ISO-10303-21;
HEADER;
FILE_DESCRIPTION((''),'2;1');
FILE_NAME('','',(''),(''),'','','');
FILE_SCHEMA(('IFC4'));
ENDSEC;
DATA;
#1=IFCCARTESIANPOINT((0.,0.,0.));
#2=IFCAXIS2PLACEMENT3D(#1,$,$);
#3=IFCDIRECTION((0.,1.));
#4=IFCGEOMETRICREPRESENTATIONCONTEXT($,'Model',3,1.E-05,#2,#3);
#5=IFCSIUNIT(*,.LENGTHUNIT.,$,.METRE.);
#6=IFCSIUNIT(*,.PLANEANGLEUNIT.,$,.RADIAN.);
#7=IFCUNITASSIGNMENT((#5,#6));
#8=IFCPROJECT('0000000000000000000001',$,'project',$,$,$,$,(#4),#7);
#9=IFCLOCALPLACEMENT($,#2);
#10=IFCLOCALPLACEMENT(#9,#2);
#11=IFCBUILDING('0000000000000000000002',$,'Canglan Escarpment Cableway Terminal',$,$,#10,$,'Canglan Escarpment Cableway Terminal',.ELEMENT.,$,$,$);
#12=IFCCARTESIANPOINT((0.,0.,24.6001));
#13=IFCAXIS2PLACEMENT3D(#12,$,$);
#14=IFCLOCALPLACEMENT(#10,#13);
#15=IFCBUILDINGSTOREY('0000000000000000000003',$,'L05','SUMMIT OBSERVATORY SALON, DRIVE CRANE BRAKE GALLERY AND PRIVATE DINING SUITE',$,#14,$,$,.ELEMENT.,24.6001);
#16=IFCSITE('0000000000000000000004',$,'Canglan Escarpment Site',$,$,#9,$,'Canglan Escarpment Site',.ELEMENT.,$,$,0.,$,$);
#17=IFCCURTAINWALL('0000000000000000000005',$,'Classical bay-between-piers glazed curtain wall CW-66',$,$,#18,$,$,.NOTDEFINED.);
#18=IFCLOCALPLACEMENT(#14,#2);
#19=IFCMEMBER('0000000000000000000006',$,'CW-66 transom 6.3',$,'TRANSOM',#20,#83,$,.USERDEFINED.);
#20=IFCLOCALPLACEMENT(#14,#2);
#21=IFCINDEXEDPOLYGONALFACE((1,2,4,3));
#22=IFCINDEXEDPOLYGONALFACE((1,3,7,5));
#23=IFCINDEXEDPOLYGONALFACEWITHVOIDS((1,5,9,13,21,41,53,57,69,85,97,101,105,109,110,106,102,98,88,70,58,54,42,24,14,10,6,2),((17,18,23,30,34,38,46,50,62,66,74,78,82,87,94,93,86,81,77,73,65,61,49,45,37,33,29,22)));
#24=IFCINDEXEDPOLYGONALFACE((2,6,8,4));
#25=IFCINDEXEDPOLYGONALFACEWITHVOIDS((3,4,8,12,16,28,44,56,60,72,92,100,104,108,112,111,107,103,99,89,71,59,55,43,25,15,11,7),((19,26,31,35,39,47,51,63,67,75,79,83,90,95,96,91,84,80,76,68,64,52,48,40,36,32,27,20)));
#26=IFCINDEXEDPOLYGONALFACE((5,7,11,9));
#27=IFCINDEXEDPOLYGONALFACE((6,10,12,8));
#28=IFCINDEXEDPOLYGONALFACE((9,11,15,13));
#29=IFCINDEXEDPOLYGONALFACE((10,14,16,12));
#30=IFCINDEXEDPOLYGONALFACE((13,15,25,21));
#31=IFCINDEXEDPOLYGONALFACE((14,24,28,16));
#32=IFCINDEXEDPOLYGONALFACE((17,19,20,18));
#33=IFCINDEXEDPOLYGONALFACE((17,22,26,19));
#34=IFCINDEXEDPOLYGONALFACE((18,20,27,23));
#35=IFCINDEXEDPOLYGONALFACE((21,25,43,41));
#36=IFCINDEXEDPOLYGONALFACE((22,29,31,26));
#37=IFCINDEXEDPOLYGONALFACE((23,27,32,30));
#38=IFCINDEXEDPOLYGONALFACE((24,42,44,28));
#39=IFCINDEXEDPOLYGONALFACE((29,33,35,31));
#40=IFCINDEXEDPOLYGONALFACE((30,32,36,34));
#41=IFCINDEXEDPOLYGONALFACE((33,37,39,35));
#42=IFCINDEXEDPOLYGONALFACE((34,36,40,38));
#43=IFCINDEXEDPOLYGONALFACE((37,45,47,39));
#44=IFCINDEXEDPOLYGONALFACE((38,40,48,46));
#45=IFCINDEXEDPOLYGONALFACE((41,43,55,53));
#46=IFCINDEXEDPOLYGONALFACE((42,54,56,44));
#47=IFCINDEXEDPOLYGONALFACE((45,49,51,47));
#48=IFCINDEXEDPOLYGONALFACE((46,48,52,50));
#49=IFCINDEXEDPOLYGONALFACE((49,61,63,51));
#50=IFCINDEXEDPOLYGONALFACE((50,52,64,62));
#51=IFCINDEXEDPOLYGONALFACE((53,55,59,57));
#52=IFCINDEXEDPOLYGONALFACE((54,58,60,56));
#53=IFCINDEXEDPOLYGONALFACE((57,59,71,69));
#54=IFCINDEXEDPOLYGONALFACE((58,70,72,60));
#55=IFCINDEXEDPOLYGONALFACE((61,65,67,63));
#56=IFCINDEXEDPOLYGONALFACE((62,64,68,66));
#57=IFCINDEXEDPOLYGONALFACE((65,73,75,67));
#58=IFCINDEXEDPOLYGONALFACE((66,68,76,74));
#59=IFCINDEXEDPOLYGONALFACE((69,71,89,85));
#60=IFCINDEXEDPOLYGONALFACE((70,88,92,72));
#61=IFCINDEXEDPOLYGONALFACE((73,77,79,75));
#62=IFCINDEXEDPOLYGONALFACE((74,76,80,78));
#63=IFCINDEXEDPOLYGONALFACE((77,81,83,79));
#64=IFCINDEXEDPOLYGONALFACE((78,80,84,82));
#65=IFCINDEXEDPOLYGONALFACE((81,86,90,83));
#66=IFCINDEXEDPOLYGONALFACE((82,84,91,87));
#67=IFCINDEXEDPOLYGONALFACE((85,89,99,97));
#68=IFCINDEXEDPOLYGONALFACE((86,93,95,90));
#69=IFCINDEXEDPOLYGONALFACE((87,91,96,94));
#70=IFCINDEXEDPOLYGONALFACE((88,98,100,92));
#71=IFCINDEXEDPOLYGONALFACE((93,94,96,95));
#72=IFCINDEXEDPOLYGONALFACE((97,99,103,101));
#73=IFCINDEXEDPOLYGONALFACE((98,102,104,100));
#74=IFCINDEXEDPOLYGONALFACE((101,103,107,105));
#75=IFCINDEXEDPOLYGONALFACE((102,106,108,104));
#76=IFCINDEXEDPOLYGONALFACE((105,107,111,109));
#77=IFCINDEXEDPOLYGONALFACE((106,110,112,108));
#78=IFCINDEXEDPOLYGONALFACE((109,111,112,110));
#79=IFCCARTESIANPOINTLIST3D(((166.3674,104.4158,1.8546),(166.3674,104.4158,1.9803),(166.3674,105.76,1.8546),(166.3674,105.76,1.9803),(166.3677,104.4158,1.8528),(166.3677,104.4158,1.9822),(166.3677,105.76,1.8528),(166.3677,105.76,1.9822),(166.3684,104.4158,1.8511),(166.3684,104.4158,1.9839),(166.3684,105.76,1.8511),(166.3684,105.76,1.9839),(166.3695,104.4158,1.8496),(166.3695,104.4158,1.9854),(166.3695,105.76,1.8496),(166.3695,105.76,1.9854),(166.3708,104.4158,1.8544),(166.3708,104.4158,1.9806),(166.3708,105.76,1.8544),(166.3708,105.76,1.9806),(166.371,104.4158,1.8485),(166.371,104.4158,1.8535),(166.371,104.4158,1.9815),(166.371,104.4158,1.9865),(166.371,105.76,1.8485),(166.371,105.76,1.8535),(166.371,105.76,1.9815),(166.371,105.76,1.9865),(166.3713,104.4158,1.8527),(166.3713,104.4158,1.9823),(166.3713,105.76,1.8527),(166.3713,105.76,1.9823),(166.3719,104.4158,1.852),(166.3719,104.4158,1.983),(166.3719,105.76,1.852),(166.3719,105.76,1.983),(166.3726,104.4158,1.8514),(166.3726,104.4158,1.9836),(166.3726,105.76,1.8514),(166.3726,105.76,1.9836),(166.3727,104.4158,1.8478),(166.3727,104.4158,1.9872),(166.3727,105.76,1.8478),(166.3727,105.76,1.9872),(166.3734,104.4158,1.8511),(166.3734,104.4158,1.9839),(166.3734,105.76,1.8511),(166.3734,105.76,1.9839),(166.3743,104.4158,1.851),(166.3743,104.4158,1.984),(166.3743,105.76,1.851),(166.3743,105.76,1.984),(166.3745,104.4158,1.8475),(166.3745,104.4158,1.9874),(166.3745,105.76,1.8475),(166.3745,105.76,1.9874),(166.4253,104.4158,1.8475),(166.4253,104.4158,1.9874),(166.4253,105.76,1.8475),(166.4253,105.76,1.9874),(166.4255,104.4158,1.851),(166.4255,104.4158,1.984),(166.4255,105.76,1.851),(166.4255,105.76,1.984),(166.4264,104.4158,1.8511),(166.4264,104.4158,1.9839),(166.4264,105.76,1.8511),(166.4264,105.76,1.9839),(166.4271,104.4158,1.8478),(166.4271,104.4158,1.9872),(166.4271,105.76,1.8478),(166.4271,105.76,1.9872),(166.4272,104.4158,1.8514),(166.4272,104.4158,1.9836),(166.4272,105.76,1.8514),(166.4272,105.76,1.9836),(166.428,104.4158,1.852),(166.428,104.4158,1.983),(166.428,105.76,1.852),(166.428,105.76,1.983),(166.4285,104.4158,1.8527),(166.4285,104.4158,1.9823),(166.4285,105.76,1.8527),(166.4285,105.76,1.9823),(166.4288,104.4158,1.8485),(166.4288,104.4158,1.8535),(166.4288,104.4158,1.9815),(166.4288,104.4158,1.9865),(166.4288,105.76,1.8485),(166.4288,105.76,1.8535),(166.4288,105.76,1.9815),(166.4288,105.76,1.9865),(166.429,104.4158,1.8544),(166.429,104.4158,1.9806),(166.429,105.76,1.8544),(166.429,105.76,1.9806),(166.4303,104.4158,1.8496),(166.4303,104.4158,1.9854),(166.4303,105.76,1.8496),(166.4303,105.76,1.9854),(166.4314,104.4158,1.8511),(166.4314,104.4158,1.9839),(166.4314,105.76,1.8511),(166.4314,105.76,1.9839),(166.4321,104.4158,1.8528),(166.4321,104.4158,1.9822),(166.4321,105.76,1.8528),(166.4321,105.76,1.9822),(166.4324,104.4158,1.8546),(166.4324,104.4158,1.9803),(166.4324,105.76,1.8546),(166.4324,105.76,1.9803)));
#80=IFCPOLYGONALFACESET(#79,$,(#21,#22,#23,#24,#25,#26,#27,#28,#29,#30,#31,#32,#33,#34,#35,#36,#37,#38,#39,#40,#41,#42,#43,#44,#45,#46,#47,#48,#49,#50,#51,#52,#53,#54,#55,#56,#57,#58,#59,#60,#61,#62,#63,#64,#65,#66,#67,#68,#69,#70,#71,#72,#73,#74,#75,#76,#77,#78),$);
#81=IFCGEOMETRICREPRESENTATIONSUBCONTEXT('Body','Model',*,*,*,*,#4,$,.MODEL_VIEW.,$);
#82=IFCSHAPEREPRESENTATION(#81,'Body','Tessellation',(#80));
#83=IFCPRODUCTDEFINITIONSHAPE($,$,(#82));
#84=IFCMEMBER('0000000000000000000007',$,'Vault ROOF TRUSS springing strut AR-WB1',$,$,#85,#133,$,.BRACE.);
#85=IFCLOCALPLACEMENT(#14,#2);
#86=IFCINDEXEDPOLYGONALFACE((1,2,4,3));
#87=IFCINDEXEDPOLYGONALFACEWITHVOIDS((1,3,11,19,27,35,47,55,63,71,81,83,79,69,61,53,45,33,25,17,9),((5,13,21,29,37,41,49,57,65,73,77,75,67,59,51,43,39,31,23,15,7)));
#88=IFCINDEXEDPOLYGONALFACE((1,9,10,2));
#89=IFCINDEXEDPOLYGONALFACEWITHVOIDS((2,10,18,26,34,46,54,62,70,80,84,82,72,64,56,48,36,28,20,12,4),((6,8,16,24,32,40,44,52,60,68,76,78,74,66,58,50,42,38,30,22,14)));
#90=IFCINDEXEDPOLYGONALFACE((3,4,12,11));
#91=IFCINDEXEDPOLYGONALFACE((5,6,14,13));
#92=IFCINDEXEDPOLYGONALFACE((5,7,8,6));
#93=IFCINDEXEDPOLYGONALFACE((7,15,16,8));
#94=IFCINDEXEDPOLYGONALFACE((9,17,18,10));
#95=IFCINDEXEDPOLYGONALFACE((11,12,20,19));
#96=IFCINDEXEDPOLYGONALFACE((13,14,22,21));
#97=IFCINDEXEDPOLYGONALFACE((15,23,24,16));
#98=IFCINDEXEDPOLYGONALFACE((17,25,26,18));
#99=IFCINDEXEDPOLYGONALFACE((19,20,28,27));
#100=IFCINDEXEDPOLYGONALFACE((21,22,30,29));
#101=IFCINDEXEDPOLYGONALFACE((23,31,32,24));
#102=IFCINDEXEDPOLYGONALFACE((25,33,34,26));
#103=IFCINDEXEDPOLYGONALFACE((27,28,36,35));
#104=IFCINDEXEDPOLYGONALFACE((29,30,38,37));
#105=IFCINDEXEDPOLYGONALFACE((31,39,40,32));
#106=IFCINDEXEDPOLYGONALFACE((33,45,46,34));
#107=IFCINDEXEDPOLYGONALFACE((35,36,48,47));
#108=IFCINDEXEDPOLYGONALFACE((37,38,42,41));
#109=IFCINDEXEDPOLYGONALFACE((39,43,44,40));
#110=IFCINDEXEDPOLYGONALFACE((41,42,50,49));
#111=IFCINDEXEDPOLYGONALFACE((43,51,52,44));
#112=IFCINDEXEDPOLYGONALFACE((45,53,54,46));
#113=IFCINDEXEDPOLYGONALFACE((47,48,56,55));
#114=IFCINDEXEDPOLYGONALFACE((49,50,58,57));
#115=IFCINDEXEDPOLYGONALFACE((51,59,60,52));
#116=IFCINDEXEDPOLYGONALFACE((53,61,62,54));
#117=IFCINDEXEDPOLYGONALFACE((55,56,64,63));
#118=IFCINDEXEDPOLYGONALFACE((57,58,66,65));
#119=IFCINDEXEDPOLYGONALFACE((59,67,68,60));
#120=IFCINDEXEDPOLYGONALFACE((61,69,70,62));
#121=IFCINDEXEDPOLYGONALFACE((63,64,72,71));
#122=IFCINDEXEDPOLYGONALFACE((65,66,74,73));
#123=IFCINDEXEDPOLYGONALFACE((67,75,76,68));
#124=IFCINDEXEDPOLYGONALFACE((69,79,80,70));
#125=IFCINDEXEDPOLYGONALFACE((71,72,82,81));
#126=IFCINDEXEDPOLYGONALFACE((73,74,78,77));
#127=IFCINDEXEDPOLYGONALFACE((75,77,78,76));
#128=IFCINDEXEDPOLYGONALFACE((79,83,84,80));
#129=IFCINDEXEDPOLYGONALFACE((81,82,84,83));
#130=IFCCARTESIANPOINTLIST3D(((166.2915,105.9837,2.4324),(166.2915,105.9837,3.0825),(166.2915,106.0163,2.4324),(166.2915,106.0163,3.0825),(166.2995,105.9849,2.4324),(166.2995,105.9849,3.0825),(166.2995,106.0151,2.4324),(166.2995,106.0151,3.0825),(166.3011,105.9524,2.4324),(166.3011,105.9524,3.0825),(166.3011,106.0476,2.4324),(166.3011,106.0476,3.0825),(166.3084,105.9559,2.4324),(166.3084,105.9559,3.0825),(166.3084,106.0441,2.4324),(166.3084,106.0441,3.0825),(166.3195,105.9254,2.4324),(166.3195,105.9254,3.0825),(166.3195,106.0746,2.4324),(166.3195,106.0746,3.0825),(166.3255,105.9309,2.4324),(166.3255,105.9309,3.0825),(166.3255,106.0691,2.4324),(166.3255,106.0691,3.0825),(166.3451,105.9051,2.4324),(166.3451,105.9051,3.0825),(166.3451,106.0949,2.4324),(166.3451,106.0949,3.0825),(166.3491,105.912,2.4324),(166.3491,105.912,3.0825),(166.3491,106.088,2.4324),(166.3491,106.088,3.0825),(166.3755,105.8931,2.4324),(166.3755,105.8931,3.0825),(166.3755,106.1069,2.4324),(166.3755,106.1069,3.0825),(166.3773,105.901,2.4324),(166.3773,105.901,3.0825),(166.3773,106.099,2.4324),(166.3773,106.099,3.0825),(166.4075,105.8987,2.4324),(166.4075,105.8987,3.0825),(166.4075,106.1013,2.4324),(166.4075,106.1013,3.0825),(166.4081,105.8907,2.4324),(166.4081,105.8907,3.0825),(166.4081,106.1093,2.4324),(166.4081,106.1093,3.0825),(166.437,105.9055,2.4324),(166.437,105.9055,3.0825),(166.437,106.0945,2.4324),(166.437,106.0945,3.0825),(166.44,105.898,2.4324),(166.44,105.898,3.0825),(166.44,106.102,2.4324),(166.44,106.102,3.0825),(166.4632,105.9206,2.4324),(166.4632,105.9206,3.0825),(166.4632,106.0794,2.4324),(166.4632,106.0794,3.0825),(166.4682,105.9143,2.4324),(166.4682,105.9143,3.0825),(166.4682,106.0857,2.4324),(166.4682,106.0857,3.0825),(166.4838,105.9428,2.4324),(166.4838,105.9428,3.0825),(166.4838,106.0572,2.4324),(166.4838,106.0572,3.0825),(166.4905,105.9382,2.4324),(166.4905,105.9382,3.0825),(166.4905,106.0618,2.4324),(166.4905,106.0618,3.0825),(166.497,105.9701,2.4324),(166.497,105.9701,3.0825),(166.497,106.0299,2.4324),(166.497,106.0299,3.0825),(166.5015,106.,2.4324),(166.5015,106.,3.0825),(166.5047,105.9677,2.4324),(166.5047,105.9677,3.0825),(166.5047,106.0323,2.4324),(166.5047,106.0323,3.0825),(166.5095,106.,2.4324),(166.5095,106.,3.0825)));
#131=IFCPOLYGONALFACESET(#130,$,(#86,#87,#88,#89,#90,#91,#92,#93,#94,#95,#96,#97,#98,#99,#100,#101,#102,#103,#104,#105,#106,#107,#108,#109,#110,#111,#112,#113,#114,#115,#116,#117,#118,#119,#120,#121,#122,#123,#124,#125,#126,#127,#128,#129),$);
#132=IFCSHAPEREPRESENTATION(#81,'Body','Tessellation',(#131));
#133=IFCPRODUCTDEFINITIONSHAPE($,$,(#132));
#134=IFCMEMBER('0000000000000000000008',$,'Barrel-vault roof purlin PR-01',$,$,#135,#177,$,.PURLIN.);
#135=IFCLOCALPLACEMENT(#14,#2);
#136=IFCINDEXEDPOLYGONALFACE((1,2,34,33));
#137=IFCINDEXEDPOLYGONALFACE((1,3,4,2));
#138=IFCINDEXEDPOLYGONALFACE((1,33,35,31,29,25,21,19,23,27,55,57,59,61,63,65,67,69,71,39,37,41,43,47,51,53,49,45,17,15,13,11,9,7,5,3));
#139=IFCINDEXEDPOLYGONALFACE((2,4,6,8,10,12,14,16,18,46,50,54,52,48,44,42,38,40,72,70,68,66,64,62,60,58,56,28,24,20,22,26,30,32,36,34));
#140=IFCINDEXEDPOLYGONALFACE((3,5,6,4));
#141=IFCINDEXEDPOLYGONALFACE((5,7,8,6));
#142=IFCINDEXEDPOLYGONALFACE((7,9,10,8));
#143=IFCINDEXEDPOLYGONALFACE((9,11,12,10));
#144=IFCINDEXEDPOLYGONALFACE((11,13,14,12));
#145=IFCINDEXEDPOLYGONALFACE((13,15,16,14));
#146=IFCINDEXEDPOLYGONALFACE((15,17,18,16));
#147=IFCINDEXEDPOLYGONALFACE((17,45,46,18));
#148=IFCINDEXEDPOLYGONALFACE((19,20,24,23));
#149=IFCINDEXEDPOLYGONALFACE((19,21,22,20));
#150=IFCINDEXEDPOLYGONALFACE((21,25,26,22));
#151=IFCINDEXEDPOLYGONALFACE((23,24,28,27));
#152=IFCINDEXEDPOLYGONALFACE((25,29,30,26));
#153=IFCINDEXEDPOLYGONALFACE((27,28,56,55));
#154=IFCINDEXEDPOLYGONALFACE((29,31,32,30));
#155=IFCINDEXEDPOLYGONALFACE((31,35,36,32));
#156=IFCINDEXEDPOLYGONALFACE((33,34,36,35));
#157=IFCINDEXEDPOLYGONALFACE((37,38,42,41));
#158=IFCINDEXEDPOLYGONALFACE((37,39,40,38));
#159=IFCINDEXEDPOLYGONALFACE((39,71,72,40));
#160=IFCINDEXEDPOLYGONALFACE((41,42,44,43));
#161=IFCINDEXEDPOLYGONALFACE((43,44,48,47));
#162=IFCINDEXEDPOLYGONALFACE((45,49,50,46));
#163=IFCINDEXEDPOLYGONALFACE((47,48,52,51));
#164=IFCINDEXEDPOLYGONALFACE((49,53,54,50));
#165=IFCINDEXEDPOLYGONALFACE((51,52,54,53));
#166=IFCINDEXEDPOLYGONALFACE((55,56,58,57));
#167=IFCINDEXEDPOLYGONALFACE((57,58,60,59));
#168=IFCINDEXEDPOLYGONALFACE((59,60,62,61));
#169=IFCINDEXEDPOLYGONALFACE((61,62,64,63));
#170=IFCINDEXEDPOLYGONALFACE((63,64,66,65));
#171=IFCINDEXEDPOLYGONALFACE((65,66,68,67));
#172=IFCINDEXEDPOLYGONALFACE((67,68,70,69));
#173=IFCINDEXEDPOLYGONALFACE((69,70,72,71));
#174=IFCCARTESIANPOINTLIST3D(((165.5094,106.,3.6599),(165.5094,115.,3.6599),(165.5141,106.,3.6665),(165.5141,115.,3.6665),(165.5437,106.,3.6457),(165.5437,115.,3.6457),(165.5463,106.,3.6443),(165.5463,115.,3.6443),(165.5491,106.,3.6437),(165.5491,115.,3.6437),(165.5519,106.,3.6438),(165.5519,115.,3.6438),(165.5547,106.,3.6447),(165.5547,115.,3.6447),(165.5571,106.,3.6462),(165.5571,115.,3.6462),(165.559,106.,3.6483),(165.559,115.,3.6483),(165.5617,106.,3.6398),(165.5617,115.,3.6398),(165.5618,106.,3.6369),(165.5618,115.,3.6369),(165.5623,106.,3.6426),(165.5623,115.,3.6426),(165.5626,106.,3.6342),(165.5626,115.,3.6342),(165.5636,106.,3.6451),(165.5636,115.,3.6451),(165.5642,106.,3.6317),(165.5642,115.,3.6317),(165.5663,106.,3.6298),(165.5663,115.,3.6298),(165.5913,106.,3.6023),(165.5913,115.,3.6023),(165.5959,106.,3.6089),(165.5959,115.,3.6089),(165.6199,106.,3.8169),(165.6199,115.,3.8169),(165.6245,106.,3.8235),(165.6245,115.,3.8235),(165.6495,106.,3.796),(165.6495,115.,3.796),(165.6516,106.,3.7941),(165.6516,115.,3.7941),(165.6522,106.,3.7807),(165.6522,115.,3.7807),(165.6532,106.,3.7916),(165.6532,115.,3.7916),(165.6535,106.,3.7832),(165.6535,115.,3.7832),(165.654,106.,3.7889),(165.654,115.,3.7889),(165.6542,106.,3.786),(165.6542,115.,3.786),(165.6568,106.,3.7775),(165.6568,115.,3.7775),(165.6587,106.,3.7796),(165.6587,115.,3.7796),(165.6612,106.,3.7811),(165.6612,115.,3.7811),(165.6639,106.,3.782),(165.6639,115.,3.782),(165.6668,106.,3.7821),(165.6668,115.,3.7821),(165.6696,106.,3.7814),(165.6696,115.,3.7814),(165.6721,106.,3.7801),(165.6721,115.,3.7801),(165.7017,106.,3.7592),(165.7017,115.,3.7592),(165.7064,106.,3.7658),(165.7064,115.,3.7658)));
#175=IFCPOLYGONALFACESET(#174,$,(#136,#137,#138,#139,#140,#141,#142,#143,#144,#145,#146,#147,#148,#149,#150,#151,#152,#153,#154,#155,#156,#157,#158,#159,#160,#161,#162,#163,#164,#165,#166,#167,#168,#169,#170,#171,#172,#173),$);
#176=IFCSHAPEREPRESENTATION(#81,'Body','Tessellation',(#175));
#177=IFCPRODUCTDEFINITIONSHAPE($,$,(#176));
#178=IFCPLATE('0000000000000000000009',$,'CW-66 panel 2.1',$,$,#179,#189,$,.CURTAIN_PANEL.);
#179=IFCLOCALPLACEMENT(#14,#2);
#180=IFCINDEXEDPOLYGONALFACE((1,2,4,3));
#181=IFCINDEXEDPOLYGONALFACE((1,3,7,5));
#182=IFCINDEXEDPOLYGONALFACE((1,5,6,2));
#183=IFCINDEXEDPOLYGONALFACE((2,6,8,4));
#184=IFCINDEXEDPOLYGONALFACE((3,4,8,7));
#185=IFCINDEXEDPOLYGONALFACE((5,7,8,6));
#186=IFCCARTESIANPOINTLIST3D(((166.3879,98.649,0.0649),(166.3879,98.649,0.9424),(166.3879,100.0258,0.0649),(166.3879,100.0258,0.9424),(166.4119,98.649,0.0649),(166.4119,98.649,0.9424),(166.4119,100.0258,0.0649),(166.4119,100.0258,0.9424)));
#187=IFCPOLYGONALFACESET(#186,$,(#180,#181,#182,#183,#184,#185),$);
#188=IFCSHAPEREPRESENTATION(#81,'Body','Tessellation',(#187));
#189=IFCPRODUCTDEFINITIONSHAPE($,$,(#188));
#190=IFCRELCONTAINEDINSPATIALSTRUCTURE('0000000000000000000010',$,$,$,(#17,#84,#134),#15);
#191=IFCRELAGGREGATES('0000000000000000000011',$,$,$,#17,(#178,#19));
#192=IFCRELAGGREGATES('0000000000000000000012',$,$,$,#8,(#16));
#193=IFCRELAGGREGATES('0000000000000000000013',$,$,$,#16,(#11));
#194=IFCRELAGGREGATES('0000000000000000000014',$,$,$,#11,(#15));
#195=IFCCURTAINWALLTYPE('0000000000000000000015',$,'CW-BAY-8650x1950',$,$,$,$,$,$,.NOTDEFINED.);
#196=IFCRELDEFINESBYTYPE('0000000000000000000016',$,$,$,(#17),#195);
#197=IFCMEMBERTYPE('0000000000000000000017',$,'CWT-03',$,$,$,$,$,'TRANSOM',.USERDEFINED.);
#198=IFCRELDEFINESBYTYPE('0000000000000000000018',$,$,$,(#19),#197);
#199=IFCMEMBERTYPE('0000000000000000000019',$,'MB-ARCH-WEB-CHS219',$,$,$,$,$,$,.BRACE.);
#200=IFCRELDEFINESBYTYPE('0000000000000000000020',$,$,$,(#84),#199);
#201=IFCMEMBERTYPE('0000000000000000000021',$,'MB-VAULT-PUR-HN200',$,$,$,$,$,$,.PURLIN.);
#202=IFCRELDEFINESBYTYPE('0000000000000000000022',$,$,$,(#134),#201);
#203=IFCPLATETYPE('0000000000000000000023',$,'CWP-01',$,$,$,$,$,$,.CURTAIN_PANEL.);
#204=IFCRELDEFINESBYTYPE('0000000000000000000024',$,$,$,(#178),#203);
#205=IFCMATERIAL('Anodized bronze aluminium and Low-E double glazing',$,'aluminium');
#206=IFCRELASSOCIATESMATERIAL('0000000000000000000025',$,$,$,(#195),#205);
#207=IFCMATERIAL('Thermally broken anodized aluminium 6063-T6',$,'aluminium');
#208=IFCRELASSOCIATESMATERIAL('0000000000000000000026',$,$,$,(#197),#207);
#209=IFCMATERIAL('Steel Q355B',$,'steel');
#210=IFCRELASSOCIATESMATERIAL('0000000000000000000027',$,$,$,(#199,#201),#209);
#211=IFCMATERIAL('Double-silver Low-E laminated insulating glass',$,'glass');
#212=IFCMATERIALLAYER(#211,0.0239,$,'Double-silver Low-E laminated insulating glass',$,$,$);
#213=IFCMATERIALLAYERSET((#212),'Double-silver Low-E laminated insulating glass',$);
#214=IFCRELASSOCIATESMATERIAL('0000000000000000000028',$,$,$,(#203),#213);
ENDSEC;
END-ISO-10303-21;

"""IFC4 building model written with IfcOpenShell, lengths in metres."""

from ifc_helpers import new_model, si_unit, direction, frame, origin, origin_2d, place, context, subcontext, project, spatial, rectangle, hollow_rectangle, hollow_circle, i_section, extrude, material, layer, layer_set, material_profile, profile_set, type_object, element, aggregate, save


model = new_model("IFC4")

# Units and contexts
model_context = context("Model", 3, precision=1e-05, world=origin(), true_north=direction((0.0, 1.0)))
body_context = subcontext(model_context, "Body", "Model", "MODEL_VIEW")
ifc_project = project(units=[si_unit("LENGTHUNIT", "METRE"), si_unit("PLANEANGLEUNIT", "RADIAN")], contexts=[model_context])

# Site, building, storey
site_placement = place(None, origin())
site = spatial("IfcSite", under=ifc_project, at=site_placement, Name="Canglan Escarpment Site", LongName="Canglan Escarpment Site", CompositionType="ELEMENT", RefElevation=0.0)
building_placement = place(site_placement, origin())
building = spatial("IfcBuilding", under=site, at=building_placement, Name="Canglan Escarpment Cableway Terminal", LongName="Canglan Escarpment Cableway Terminal", CompositionType="ELEMENT")
storey_placement = place(building_placement, frame((0.0, 0.0, 24.6001)))
storey = spatial("IfcBuildingStorey", under=building, at=storey_placement, Name="L05", Description="SUMMIT OBSERVATORY SALON, DRIVE CRANE BRAKE GALLERY AND PRIVATE DINING SUITE", CompositionType="ELEMENT", Elevation=24.6001)

# Shared definitions
ifc_material_1 = material(Name="Steel Q355B", Category="steel")

# Shared definitions
ifc_material_2 = material(Name="Anodized bronze aluminium and Low-E double glazing", Category="aluminium")
curtain_wall_type = type_object("IfcCurtainWallType", Name="CW-BAY-8650x1950", PredefinedType="NOTDEFINED", material=ifc_material_2)
ifc_material_3 = material(Name="Thermally broken anodized aluminium 6063-T6", Category="aluminium")

# Curtain wall, member
curtain_wall_1_placement = place(storey_placement, origin())
curtain_wall_1 = element("IfcCurtainWall", 1, at=curtain_wall_1_placement, inside=storey, type_object=curtain_wall_type, Name="Classical bay-between-piers glazed curtain wall CW-66", PredefinedType="NOTDEFINED")
ifc_material_profile_1 = material_profile(ifc_material_3, hollow_rectangle(XDim=0.0649, YDim=0.1399, WallThickness=0.0034, InnerFilletRadius=0.0034, OuterFilletRadius=0.0071, at=origin_2d()), Name="ALU-TRAN 65x140x3.5")
ifc_profile_set_1 = profile_set([ifc_material_profile_1], Name="Thermally broken anodized aluminium 6063-T6")
member_type_1 = type_object("IfcMemberType", Name="CWT-03", ElementType="TRANSOM", PredefinedType="USERDEFINED", material=ifc_profile_set_1)
member_1_placement = place(storey_placement, frame((166.3999, 104.4158, 1.9175), z_axis=(0.0, 1.0, 0.0), x_axis=(-1.0, 0.0, 0.0)))
member_1 = element("IfcMember", 2, at=member_1_placement, type_object=member_type_1, Name="CW-66 transom 6.3", ObjectType="TRANSOM", PredefinedType="USERDEFINED", context=body_context, shape_type="SweptSolid", body=[
    extrude(hollow_rectangle(XDim=0.0649, YDim=0.1399, WallThickness=0.0034, InnerFilletRadius=0.0034, OuterFilletRadius=0.0071, at=origin_2d()), origin(), (0.0, 0.0, 1.0), 1.3442),
])

# Members
ifc_material_profile_2 = material_profile(ifc_material_1, hollow_circle(Radius=0.1096, WallThickness=0.0081, at=origin_2d()), Name="CHS 219.1x8")
ifc_profile_set_2 = profile_set([ifc_material_profile_2], Name="Steel Q355B")
member_type_2 = type_object("IfcMemberType", Name="MB-ARCH-WEB-CHS219", PredefinedType="BRACE", material=ifc_profile_set_2)
member_2_placement = place(storey_placement, frame((166.3999, 106.0, 2.4324), z_axis=(0.0, 0.0, 1.0), x_axis=(1.0, 0.0, 0.0)))
element("IfcMember", 3, at=member_2_placement, inside=storey, type_object=member_type_2, Name="Vault ROOF TRUSS springing strut AR-WB1", PredefinedType="BRACE", context=body_context, shape_type="SweptSolid", body=[
    extrude(hollow_circle(Radius=0.1096, WallThickness=0.0081, at=origin_2d()), origin(), (0.0, 0.0, 1.0), 0.6501),
])
ifc_material_profile_3 = material_profile(ifc_material_1, i_section(OverallWidth=0.1001, OverallDepth=0.2, WebThickness=0.0056, FlangeThickness=0.0081, FilletRadius=0.011, at=origin_2d()), Name="HN 200x100x5.5x8")
ifc_profile_set_3 = profile_set([ifc_material_profile_3], Name="Steel Q355B")
member_type_3 = type_object("IfcMemberType", Name="MB-VAULT-PUR-HN200", PredefinedType="PURLIN", material=ifc_profile_set_3)
member_3_placement = place(storey_placement, frame((165.6079, 106.0, 3.7129), z_axis=(0.0, 1.0, 0.0), x_axis=(-0.817728, 0.0, 0.575605)))
element("IfcMember", 4, at=member_3_placement, inside=storey, type_object=member_type_3, Name="Barrel-vault roof purlin PR-01", PredefinedType="PURLIN", context=body_context, shape_type="SweptSolid", body=[
    extrude(i_section(OverallWidth=0.1001, OverallDepth=0.2, WebThickness=0.0056, FlangeThickness=0.0081, FilletRadius=0.011, at=origin_2d()), origin(), (0.0, 0.0, 1.0), 9.0),
])

# Plate
ifc_material_4 = material(Name="Double-silver Low-E laminated insulating glass", Category="glass")
ifc_layer_1 = layer(ifc_material_4, 0.0239, Name="Double-silver Low-E laminated insulating glass")
ifc_layer_set_1 = layer_set([ifc_layer_1], Name="Double-silver Low-E laminated insulating glass")
plate_type_1 = type_object("IfcPlateType", Name="CWP-01", PredefinedType="CURTAIN_PANEL", material=ifc_layer_set_1)
plate_1_placement = place(storey_placement, frame((166.3999, 99.3374, 0.0649), z_axis=(0.0, 0.0, 1.0), x_axis=(0.0, 1.0, 0.0)))
plate_1 = element("IfcPlate", 5, at=plate_1_placement, type_object=plate_type_1, Name="CW-66 panel 2.1", PredefinedType="CURTAIN_PANEL", context=body_context, shape_type="SweptSolid", body=[
    extrude(rectangle(XDim=1.3767, YDim=0.0239, at=origin_2d()), origin(), (0.0, 0.0, 1.0), 0.8774),
])
aggregate(curtain_wall_1, [plate_1, member_1])

save(model, "model.ifc")
